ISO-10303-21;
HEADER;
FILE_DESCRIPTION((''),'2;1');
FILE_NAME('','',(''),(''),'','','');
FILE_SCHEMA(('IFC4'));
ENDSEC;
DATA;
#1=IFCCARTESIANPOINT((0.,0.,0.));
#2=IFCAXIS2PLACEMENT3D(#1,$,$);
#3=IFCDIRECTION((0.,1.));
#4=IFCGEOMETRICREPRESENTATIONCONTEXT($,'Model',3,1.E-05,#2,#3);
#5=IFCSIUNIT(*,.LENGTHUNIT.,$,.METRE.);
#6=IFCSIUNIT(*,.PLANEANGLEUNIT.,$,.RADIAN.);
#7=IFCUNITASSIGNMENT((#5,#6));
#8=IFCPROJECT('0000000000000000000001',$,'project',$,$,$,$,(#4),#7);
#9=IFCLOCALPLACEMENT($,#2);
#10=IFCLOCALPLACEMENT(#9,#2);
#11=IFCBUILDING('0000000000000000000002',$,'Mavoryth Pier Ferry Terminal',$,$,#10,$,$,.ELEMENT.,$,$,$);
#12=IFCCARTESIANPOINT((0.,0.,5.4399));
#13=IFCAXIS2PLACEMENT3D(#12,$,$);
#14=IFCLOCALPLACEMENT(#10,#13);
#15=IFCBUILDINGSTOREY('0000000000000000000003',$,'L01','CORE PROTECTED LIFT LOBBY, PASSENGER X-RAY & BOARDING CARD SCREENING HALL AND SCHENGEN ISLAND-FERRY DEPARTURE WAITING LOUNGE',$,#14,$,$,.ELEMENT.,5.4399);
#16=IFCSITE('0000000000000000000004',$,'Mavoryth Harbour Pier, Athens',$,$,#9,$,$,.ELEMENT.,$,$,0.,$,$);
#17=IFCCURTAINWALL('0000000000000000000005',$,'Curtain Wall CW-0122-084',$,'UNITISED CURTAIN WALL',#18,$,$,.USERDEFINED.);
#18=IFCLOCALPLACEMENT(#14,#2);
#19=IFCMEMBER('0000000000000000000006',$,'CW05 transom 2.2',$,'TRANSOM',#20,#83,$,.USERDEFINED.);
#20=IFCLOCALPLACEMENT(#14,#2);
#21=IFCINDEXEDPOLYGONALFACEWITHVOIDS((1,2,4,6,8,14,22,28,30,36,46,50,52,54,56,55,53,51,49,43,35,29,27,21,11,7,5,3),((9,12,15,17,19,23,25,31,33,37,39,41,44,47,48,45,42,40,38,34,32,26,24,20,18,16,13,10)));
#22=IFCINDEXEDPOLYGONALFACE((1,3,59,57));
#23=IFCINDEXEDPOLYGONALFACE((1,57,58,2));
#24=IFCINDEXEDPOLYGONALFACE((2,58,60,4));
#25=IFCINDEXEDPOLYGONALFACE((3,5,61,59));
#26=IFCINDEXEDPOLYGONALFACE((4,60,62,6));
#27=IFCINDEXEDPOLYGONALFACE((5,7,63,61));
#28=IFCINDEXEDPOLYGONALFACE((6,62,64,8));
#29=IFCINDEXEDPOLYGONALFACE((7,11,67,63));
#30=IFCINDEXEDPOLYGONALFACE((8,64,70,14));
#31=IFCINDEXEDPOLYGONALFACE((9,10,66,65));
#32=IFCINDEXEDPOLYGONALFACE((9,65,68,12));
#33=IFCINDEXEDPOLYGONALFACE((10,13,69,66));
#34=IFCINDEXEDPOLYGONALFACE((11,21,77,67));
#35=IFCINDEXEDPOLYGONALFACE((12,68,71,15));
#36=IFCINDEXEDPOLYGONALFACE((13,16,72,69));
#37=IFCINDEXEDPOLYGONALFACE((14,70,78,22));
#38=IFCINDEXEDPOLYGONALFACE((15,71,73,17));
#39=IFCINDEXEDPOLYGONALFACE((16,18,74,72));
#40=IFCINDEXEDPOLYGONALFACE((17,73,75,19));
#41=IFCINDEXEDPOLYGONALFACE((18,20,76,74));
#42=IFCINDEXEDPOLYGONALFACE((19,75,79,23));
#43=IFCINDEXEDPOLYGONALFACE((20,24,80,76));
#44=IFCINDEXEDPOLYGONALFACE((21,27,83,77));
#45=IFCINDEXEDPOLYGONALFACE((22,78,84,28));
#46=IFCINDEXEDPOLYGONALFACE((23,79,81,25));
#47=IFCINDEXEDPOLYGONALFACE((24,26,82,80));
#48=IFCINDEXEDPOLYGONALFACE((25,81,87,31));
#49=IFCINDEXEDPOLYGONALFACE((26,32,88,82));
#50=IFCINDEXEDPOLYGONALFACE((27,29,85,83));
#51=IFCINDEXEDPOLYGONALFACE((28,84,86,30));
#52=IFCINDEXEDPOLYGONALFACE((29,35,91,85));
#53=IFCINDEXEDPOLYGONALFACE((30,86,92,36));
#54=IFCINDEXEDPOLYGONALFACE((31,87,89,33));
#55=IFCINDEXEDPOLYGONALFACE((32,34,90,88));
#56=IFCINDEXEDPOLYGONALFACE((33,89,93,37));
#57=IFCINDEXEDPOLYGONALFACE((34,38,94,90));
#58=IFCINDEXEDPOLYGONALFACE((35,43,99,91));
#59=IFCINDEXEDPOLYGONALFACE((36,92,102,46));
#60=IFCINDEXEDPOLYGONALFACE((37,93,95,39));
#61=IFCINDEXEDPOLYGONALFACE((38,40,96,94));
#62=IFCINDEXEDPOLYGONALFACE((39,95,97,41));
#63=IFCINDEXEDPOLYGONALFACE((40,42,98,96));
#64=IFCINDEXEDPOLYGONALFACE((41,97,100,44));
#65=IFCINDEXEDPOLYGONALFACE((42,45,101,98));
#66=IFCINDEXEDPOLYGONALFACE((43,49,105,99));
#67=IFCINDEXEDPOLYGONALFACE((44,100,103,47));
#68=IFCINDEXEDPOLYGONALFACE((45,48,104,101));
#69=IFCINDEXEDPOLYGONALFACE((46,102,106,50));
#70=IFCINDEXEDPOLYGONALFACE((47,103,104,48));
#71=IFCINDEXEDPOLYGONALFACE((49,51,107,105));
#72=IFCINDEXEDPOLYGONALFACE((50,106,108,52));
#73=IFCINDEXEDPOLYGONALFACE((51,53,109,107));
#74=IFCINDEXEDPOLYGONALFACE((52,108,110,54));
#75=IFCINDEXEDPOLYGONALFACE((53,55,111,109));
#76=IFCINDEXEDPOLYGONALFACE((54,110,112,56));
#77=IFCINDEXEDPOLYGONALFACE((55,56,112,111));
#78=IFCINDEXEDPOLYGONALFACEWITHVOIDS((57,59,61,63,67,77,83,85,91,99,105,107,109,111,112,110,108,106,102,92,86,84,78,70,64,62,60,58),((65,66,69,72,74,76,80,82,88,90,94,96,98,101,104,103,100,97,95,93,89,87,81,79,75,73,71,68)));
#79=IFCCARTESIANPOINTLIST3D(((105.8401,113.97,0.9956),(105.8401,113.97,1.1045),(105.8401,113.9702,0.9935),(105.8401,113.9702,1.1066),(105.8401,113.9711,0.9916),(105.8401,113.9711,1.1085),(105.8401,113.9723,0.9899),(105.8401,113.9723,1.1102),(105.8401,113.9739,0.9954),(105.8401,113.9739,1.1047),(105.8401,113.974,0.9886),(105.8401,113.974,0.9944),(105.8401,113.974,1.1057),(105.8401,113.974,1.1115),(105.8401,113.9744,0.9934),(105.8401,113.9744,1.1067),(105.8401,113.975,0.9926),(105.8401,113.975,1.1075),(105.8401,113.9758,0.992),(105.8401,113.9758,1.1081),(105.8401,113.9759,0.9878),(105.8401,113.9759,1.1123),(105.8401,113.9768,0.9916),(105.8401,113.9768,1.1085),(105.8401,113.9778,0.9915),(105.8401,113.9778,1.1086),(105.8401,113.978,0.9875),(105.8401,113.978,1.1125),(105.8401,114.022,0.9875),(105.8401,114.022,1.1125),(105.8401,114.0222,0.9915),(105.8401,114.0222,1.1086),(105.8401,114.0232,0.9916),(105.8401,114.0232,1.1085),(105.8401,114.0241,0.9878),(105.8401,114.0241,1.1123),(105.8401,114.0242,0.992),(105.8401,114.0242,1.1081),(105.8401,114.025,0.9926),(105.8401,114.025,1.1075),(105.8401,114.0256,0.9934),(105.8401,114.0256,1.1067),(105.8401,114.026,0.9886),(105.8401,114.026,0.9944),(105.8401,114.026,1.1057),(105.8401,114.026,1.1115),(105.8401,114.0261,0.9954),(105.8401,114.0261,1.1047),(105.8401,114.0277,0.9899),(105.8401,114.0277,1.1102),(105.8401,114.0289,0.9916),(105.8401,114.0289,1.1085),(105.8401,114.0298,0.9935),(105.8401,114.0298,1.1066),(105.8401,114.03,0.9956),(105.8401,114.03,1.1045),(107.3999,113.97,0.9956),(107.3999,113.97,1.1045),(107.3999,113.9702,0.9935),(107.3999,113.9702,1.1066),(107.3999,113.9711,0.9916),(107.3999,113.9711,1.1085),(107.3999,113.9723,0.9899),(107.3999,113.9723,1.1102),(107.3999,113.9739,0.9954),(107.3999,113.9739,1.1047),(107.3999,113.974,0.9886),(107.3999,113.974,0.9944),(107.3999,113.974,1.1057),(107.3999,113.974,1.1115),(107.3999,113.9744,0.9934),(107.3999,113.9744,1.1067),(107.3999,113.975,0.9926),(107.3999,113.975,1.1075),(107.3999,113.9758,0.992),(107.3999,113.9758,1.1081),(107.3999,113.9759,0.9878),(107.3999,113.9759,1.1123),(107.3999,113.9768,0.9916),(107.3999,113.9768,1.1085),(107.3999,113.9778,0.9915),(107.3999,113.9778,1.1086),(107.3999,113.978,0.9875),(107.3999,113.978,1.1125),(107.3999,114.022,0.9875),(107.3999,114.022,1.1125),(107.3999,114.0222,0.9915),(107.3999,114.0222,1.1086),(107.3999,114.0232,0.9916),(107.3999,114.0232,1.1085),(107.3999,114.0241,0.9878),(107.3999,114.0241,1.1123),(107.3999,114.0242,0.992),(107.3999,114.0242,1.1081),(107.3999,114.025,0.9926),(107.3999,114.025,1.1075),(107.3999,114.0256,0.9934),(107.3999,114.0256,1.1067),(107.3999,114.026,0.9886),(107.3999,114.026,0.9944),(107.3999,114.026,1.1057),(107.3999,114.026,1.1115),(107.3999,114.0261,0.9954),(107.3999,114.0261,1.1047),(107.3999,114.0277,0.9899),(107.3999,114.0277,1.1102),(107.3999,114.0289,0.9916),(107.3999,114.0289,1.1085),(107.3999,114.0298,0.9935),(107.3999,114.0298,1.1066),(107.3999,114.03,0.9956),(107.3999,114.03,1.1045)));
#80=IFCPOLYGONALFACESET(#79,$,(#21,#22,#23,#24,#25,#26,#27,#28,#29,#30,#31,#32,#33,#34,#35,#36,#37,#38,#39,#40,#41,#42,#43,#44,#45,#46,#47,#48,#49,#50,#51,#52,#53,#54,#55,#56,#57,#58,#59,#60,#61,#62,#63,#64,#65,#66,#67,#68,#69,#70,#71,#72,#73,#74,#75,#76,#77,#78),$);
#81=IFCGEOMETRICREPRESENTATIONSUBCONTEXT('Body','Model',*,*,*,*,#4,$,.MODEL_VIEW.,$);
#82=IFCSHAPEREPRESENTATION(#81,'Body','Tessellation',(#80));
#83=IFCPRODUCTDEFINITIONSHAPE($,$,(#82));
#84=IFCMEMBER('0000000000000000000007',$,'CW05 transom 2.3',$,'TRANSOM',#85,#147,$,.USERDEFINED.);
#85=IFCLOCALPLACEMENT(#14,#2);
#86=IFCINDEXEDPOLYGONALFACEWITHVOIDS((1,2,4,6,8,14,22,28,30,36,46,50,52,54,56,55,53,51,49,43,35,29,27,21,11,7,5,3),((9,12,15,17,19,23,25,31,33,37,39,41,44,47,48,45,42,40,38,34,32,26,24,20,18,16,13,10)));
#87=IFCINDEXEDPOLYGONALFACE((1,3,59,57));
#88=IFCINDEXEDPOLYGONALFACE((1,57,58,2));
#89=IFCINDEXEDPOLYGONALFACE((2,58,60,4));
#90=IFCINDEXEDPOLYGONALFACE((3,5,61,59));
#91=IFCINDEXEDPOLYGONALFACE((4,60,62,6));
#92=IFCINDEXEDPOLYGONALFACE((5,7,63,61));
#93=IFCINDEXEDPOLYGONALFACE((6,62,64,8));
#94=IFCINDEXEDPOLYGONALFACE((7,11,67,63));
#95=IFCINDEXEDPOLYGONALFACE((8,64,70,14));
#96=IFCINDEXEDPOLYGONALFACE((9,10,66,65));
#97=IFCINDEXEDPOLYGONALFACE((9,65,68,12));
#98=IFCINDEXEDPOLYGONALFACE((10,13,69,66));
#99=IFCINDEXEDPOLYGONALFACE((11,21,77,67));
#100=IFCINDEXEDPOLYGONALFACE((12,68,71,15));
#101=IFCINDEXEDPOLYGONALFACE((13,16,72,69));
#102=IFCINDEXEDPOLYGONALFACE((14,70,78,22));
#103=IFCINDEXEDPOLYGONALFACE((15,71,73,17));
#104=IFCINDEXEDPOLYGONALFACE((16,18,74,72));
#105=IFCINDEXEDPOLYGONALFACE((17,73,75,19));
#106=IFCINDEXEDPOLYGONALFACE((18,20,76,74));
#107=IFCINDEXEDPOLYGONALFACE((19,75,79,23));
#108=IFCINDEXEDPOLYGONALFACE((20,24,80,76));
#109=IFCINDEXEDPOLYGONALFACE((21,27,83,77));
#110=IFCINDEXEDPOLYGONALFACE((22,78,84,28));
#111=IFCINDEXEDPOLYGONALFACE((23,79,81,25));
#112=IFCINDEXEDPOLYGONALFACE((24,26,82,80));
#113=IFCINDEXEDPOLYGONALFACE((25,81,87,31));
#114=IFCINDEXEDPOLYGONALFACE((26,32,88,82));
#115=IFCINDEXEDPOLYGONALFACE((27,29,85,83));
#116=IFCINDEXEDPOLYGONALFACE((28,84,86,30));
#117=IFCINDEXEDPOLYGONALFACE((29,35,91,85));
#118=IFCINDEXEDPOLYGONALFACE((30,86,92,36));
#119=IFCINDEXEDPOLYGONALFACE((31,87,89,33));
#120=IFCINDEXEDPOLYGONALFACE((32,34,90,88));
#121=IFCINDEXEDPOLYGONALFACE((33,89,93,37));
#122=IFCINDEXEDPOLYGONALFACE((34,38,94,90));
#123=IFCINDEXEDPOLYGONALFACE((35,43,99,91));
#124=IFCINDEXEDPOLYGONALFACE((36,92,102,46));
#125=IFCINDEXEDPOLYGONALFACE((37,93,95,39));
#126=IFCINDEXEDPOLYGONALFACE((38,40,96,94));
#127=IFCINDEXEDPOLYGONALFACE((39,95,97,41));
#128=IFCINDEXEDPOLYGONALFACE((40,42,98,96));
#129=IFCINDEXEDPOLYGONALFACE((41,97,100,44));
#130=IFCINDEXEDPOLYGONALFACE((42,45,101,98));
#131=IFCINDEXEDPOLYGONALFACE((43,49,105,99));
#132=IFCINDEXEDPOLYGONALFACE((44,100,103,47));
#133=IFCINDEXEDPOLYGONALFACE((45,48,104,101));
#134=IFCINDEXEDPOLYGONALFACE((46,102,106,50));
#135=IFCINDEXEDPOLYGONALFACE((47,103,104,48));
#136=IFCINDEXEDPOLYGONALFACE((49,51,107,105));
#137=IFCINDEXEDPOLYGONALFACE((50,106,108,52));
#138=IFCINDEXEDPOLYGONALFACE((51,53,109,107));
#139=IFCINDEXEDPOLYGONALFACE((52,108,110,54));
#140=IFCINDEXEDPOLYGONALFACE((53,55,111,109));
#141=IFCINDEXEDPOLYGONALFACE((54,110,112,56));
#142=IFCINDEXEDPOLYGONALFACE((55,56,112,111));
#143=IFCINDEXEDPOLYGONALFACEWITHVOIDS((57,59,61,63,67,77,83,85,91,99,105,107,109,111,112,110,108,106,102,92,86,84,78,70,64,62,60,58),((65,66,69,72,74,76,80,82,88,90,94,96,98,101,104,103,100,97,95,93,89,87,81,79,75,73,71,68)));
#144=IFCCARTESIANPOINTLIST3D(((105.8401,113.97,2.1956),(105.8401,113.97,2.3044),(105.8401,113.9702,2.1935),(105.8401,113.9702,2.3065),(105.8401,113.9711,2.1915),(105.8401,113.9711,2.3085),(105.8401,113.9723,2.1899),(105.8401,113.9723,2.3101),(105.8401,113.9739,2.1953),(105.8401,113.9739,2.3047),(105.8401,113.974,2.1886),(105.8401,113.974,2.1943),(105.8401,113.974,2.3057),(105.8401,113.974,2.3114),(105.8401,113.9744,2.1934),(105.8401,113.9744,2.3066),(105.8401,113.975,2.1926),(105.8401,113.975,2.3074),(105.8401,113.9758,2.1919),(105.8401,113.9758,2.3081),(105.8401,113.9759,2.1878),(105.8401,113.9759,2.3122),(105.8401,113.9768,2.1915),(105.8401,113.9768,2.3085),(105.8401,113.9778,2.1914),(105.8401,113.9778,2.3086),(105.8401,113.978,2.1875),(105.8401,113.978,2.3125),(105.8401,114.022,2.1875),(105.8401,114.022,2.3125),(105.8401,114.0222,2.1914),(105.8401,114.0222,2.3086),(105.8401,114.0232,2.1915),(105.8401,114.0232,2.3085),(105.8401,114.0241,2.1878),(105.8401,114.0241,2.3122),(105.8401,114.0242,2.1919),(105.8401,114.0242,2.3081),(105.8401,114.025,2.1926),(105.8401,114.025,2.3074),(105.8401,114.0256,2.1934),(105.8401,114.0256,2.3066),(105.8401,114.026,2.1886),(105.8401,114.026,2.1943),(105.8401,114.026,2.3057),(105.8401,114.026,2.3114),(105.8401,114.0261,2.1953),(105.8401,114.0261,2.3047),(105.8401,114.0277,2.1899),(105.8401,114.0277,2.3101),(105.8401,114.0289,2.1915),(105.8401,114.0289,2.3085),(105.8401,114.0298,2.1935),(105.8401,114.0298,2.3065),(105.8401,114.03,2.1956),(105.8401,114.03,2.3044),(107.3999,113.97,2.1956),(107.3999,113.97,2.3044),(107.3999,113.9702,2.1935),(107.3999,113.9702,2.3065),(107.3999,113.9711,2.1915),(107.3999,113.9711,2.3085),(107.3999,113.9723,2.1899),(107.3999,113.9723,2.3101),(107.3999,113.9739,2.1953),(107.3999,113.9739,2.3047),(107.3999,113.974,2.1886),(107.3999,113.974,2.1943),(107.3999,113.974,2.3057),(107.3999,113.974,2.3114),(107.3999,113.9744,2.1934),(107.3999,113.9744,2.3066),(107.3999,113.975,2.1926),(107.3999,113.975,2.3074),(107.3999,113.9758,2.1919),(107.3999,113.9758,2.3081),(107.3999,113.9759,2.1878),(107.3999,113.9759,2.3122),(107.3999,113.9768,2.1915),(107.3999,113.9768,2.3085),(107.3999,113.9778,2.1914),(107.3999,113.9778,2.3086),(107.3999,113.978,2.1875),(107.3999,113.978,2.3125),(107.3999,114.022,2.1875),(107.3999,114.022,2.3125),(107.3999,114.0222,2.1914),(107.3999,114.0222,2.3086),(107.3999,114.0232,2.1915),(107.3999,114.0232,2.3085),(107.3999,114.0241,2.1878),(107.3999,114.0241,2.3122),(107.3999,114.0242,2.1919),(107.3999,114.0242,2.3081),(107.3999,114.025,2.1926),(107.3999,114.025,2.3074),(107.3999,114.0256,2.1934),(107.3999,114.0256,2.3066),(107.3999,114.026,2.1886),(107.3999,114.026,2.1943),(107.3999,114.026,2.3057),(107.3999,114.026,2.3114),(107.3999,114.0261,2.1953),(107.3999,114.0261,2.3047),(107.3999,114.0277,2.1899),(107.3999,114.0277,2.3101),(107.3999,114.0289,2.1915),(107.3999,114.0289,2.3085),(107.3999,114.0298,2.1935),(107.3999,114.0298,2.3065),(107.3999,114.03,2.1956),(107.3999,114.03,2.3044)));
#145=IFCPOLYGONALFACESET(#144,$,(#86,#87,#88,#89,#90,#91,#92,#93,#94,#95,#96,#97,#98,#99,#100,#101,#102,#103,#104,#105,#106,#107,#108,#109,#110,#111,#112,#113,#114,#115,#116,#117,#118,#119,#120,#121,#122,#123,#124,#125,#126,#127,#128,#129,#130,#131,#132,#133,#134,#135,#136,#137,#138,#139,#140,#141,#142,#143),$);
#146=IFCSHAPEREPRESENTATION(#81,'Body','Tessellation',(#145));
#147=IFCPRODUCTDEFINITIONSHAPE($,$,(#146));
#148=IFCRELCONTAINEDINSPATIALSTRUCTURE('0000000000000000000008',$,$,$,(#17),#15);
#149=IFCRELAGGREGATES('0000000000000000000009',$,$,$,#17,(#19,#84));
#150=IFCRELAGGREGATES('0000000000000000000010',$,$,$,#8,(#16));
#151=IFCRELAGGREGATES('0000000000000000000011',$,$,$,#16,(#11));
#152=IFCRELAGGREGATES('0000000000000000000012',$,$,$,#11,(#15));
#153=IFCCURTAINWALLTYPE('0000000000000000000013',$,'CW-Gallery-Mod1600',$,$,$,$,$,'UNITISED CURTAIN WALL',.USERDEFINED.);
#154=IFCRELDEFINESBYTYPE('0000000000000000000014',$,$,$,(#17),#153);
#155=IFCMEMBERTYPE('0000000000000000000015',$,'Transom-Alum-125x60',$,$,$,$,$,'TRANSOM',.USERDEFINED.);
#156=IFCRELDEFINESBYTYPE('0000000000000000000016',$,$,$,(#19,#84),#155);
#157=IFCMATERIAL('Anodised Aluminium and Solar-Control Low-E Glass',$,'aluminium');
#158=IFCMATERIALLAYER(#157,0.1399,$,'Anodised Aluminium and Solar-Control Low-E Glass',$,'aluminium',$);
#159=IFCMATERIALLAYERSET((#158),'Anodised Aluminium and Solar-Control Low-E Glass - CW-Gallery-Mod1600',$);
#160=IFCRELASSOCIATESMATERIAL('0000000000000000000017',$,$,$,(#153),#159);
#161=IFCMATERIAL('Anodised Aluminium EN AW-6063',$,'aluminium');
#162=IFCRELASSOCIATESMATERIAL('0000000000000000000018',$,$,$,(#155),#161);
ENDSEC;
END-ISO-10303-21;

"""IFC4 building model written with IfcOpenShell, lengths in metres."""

from ifc_helpers import new_model, si_unit, direction, frame, origin, origin_2d, place, context, subcontext, project, spatial, hollow_rectangle, extrude, material, layer, layer_set, material_profile, profile_set, type_object, element, aggregate, save


model = new_model("IFC4")

# Units and contexts
model_context = context("Model", 3, precision=1e-05, world=origin(), true_north=direction((0.0, 1.0)))
body_context = subcontext(model_context, "Body", "Model", "MODEL_VIEW")
ifc_project = project(units=[si_unit("LENGTHUNIT", "METRE"), si_unit("PLANEANGLEUNIT", "RADIAN")], contexts=[model_context])

# Site, building, storey
site_placement = place(None, origin())
site = spatial("IfcSite", under=ifc_project, at=site_placement, Name="Mavoryth Harbour Pier, Athens", CompositionType="ELEMENT", RefElevation=0.0)
building_placement = place(site_placement, origin())
building = spatial("IfcBuilding", under=site, at=building_placement, Name="Mavoryth Pier Ferry Terminal", CompositionType="ELEMENT")
storey_placement = place(building_placement, frame((0.0, 0.0, 5.4399)))
storey = spatial("IfcBuildingStorey", under=building, at=storey_placement, Name="L01", Description="CORE PROTECTED LIFT LOBBY, PASSENGER X-RAY & BOARDING CARD SCREENING HALL AND SCHENGEN ISLAND-FERRY DEPARTURE WAITING LOUNGE", CompositionType="ELEMENT", Elevation=5.4399)

# Curtain wall
ifc_material_1 = material(Name="Anodised Aluminium and Solar-Control Low-E Glass", Category="aluminium")
ifc_layer_1 = layer(ifc_material_1, 0.1399, Name="Anodised Aluminium and Solar-Control Low-E Glass", Category="aluminium")
ifc_layer_set_1 = layer_set([ifc_layer_1], Name="Anodised Aluminium and Solar-Control Low-E Glass - CW-Gallery-Mod1600")
curtain_wall_type = type_object("IfcCurtainWallType", Name="CW-Gallery-Mod1600", ElementType="UNITISED CURTAIN WALL", PredefinedType="USERDEFINED", material=ifc_layer_set_1)
curtain_wall_placement = place(storey_placement, origin())
curtain_wall = element("IfcCurtainWall", 1, at=curtain_wall_placement, inside=storey, type_object=curtain_wall_type, Name="Curtain Wall CW-0122-084", ObjectType="UNITISED CURTAIN WALL", PredefinedType="USERDEFINED")
ifc_material_2 = material(Name="Anodised Aluminium EN AW-6063", Category="aluminium")

# Members
ifc_material_profile_1 = material_profile(ifc_material_2, hollow_rectangle(XDim=0.0601, YDim=0.125, WallThickness=0.0039, InnerFilletRadius=0.0039, OuterFilletRadius=0.0081, at=origin_2d()), Name="AL-TRAN 125x60x4", Category="aluminium")
ifc_profile_set_1 = profile_set([ifc_material_profile_1], Name="Anodised Aluminium EN AW-6063 - AL-TRAN 125x60x4")
member_type_1 = type_object("IfcMemberType", Name="Transom-Alum-125x60", ElementType="TRANSOM", PredefinedType="USERDEFINED", material=ifc_profile_set_1)
member_1_placement = place(storey_placement, frame((107.3999, 114.0, 1.05), z_axis=(-1.0, 0.0, 0.0), x_axis=(0.0, -1.0, 0.0)))
member_1 = element("IfcMember", 2, at=member_1_placement, type_object=member_type_1, Name="CW05 transom 2.2", ObjectType="TRANSOM", PredefinedType="USERDEFINED", context=body_context, shape_type="SweptSolid", body=[
    extrude(hollow_rectangle(XDim=0.0601, YDim=0.125, WallThickness=0.0039, InnerFilletRadius=0.0039, OuterFilletRadius=0.0081, at=origin_2d()), origin(), (0.0, 0.0, 1.0), 1.5598),
])
member_2_placement = place(storey_placement, frame((107.3999, 114.0, 2.25), z_axis=(-1.0, 0.0, 0.0), x_axis=(0.0, -1.0, 0.0)))
member_2 = element("IfcMember", 3, at=member_2_placement, type_object=member_type_1, Name="CW05 transom 2.3", ObjectType="TRANSOM", PredefinedType="USERDEFINED", context=body_context, shape_type="SweptSolid", body=[
    extrude(hollow_rectangle(XDim=0.0601, YDim=0.125, WallThickness=0.0039, InnerFilletRadius=0.0039, OuterFilletRadius=0.0081, at=origin_2d()), origin(), (0.0, 0.0, 1.0), 1.5598),
])

aggregate(curtain_wall, [member_1, member_2])

save(model, "model.ifc")
